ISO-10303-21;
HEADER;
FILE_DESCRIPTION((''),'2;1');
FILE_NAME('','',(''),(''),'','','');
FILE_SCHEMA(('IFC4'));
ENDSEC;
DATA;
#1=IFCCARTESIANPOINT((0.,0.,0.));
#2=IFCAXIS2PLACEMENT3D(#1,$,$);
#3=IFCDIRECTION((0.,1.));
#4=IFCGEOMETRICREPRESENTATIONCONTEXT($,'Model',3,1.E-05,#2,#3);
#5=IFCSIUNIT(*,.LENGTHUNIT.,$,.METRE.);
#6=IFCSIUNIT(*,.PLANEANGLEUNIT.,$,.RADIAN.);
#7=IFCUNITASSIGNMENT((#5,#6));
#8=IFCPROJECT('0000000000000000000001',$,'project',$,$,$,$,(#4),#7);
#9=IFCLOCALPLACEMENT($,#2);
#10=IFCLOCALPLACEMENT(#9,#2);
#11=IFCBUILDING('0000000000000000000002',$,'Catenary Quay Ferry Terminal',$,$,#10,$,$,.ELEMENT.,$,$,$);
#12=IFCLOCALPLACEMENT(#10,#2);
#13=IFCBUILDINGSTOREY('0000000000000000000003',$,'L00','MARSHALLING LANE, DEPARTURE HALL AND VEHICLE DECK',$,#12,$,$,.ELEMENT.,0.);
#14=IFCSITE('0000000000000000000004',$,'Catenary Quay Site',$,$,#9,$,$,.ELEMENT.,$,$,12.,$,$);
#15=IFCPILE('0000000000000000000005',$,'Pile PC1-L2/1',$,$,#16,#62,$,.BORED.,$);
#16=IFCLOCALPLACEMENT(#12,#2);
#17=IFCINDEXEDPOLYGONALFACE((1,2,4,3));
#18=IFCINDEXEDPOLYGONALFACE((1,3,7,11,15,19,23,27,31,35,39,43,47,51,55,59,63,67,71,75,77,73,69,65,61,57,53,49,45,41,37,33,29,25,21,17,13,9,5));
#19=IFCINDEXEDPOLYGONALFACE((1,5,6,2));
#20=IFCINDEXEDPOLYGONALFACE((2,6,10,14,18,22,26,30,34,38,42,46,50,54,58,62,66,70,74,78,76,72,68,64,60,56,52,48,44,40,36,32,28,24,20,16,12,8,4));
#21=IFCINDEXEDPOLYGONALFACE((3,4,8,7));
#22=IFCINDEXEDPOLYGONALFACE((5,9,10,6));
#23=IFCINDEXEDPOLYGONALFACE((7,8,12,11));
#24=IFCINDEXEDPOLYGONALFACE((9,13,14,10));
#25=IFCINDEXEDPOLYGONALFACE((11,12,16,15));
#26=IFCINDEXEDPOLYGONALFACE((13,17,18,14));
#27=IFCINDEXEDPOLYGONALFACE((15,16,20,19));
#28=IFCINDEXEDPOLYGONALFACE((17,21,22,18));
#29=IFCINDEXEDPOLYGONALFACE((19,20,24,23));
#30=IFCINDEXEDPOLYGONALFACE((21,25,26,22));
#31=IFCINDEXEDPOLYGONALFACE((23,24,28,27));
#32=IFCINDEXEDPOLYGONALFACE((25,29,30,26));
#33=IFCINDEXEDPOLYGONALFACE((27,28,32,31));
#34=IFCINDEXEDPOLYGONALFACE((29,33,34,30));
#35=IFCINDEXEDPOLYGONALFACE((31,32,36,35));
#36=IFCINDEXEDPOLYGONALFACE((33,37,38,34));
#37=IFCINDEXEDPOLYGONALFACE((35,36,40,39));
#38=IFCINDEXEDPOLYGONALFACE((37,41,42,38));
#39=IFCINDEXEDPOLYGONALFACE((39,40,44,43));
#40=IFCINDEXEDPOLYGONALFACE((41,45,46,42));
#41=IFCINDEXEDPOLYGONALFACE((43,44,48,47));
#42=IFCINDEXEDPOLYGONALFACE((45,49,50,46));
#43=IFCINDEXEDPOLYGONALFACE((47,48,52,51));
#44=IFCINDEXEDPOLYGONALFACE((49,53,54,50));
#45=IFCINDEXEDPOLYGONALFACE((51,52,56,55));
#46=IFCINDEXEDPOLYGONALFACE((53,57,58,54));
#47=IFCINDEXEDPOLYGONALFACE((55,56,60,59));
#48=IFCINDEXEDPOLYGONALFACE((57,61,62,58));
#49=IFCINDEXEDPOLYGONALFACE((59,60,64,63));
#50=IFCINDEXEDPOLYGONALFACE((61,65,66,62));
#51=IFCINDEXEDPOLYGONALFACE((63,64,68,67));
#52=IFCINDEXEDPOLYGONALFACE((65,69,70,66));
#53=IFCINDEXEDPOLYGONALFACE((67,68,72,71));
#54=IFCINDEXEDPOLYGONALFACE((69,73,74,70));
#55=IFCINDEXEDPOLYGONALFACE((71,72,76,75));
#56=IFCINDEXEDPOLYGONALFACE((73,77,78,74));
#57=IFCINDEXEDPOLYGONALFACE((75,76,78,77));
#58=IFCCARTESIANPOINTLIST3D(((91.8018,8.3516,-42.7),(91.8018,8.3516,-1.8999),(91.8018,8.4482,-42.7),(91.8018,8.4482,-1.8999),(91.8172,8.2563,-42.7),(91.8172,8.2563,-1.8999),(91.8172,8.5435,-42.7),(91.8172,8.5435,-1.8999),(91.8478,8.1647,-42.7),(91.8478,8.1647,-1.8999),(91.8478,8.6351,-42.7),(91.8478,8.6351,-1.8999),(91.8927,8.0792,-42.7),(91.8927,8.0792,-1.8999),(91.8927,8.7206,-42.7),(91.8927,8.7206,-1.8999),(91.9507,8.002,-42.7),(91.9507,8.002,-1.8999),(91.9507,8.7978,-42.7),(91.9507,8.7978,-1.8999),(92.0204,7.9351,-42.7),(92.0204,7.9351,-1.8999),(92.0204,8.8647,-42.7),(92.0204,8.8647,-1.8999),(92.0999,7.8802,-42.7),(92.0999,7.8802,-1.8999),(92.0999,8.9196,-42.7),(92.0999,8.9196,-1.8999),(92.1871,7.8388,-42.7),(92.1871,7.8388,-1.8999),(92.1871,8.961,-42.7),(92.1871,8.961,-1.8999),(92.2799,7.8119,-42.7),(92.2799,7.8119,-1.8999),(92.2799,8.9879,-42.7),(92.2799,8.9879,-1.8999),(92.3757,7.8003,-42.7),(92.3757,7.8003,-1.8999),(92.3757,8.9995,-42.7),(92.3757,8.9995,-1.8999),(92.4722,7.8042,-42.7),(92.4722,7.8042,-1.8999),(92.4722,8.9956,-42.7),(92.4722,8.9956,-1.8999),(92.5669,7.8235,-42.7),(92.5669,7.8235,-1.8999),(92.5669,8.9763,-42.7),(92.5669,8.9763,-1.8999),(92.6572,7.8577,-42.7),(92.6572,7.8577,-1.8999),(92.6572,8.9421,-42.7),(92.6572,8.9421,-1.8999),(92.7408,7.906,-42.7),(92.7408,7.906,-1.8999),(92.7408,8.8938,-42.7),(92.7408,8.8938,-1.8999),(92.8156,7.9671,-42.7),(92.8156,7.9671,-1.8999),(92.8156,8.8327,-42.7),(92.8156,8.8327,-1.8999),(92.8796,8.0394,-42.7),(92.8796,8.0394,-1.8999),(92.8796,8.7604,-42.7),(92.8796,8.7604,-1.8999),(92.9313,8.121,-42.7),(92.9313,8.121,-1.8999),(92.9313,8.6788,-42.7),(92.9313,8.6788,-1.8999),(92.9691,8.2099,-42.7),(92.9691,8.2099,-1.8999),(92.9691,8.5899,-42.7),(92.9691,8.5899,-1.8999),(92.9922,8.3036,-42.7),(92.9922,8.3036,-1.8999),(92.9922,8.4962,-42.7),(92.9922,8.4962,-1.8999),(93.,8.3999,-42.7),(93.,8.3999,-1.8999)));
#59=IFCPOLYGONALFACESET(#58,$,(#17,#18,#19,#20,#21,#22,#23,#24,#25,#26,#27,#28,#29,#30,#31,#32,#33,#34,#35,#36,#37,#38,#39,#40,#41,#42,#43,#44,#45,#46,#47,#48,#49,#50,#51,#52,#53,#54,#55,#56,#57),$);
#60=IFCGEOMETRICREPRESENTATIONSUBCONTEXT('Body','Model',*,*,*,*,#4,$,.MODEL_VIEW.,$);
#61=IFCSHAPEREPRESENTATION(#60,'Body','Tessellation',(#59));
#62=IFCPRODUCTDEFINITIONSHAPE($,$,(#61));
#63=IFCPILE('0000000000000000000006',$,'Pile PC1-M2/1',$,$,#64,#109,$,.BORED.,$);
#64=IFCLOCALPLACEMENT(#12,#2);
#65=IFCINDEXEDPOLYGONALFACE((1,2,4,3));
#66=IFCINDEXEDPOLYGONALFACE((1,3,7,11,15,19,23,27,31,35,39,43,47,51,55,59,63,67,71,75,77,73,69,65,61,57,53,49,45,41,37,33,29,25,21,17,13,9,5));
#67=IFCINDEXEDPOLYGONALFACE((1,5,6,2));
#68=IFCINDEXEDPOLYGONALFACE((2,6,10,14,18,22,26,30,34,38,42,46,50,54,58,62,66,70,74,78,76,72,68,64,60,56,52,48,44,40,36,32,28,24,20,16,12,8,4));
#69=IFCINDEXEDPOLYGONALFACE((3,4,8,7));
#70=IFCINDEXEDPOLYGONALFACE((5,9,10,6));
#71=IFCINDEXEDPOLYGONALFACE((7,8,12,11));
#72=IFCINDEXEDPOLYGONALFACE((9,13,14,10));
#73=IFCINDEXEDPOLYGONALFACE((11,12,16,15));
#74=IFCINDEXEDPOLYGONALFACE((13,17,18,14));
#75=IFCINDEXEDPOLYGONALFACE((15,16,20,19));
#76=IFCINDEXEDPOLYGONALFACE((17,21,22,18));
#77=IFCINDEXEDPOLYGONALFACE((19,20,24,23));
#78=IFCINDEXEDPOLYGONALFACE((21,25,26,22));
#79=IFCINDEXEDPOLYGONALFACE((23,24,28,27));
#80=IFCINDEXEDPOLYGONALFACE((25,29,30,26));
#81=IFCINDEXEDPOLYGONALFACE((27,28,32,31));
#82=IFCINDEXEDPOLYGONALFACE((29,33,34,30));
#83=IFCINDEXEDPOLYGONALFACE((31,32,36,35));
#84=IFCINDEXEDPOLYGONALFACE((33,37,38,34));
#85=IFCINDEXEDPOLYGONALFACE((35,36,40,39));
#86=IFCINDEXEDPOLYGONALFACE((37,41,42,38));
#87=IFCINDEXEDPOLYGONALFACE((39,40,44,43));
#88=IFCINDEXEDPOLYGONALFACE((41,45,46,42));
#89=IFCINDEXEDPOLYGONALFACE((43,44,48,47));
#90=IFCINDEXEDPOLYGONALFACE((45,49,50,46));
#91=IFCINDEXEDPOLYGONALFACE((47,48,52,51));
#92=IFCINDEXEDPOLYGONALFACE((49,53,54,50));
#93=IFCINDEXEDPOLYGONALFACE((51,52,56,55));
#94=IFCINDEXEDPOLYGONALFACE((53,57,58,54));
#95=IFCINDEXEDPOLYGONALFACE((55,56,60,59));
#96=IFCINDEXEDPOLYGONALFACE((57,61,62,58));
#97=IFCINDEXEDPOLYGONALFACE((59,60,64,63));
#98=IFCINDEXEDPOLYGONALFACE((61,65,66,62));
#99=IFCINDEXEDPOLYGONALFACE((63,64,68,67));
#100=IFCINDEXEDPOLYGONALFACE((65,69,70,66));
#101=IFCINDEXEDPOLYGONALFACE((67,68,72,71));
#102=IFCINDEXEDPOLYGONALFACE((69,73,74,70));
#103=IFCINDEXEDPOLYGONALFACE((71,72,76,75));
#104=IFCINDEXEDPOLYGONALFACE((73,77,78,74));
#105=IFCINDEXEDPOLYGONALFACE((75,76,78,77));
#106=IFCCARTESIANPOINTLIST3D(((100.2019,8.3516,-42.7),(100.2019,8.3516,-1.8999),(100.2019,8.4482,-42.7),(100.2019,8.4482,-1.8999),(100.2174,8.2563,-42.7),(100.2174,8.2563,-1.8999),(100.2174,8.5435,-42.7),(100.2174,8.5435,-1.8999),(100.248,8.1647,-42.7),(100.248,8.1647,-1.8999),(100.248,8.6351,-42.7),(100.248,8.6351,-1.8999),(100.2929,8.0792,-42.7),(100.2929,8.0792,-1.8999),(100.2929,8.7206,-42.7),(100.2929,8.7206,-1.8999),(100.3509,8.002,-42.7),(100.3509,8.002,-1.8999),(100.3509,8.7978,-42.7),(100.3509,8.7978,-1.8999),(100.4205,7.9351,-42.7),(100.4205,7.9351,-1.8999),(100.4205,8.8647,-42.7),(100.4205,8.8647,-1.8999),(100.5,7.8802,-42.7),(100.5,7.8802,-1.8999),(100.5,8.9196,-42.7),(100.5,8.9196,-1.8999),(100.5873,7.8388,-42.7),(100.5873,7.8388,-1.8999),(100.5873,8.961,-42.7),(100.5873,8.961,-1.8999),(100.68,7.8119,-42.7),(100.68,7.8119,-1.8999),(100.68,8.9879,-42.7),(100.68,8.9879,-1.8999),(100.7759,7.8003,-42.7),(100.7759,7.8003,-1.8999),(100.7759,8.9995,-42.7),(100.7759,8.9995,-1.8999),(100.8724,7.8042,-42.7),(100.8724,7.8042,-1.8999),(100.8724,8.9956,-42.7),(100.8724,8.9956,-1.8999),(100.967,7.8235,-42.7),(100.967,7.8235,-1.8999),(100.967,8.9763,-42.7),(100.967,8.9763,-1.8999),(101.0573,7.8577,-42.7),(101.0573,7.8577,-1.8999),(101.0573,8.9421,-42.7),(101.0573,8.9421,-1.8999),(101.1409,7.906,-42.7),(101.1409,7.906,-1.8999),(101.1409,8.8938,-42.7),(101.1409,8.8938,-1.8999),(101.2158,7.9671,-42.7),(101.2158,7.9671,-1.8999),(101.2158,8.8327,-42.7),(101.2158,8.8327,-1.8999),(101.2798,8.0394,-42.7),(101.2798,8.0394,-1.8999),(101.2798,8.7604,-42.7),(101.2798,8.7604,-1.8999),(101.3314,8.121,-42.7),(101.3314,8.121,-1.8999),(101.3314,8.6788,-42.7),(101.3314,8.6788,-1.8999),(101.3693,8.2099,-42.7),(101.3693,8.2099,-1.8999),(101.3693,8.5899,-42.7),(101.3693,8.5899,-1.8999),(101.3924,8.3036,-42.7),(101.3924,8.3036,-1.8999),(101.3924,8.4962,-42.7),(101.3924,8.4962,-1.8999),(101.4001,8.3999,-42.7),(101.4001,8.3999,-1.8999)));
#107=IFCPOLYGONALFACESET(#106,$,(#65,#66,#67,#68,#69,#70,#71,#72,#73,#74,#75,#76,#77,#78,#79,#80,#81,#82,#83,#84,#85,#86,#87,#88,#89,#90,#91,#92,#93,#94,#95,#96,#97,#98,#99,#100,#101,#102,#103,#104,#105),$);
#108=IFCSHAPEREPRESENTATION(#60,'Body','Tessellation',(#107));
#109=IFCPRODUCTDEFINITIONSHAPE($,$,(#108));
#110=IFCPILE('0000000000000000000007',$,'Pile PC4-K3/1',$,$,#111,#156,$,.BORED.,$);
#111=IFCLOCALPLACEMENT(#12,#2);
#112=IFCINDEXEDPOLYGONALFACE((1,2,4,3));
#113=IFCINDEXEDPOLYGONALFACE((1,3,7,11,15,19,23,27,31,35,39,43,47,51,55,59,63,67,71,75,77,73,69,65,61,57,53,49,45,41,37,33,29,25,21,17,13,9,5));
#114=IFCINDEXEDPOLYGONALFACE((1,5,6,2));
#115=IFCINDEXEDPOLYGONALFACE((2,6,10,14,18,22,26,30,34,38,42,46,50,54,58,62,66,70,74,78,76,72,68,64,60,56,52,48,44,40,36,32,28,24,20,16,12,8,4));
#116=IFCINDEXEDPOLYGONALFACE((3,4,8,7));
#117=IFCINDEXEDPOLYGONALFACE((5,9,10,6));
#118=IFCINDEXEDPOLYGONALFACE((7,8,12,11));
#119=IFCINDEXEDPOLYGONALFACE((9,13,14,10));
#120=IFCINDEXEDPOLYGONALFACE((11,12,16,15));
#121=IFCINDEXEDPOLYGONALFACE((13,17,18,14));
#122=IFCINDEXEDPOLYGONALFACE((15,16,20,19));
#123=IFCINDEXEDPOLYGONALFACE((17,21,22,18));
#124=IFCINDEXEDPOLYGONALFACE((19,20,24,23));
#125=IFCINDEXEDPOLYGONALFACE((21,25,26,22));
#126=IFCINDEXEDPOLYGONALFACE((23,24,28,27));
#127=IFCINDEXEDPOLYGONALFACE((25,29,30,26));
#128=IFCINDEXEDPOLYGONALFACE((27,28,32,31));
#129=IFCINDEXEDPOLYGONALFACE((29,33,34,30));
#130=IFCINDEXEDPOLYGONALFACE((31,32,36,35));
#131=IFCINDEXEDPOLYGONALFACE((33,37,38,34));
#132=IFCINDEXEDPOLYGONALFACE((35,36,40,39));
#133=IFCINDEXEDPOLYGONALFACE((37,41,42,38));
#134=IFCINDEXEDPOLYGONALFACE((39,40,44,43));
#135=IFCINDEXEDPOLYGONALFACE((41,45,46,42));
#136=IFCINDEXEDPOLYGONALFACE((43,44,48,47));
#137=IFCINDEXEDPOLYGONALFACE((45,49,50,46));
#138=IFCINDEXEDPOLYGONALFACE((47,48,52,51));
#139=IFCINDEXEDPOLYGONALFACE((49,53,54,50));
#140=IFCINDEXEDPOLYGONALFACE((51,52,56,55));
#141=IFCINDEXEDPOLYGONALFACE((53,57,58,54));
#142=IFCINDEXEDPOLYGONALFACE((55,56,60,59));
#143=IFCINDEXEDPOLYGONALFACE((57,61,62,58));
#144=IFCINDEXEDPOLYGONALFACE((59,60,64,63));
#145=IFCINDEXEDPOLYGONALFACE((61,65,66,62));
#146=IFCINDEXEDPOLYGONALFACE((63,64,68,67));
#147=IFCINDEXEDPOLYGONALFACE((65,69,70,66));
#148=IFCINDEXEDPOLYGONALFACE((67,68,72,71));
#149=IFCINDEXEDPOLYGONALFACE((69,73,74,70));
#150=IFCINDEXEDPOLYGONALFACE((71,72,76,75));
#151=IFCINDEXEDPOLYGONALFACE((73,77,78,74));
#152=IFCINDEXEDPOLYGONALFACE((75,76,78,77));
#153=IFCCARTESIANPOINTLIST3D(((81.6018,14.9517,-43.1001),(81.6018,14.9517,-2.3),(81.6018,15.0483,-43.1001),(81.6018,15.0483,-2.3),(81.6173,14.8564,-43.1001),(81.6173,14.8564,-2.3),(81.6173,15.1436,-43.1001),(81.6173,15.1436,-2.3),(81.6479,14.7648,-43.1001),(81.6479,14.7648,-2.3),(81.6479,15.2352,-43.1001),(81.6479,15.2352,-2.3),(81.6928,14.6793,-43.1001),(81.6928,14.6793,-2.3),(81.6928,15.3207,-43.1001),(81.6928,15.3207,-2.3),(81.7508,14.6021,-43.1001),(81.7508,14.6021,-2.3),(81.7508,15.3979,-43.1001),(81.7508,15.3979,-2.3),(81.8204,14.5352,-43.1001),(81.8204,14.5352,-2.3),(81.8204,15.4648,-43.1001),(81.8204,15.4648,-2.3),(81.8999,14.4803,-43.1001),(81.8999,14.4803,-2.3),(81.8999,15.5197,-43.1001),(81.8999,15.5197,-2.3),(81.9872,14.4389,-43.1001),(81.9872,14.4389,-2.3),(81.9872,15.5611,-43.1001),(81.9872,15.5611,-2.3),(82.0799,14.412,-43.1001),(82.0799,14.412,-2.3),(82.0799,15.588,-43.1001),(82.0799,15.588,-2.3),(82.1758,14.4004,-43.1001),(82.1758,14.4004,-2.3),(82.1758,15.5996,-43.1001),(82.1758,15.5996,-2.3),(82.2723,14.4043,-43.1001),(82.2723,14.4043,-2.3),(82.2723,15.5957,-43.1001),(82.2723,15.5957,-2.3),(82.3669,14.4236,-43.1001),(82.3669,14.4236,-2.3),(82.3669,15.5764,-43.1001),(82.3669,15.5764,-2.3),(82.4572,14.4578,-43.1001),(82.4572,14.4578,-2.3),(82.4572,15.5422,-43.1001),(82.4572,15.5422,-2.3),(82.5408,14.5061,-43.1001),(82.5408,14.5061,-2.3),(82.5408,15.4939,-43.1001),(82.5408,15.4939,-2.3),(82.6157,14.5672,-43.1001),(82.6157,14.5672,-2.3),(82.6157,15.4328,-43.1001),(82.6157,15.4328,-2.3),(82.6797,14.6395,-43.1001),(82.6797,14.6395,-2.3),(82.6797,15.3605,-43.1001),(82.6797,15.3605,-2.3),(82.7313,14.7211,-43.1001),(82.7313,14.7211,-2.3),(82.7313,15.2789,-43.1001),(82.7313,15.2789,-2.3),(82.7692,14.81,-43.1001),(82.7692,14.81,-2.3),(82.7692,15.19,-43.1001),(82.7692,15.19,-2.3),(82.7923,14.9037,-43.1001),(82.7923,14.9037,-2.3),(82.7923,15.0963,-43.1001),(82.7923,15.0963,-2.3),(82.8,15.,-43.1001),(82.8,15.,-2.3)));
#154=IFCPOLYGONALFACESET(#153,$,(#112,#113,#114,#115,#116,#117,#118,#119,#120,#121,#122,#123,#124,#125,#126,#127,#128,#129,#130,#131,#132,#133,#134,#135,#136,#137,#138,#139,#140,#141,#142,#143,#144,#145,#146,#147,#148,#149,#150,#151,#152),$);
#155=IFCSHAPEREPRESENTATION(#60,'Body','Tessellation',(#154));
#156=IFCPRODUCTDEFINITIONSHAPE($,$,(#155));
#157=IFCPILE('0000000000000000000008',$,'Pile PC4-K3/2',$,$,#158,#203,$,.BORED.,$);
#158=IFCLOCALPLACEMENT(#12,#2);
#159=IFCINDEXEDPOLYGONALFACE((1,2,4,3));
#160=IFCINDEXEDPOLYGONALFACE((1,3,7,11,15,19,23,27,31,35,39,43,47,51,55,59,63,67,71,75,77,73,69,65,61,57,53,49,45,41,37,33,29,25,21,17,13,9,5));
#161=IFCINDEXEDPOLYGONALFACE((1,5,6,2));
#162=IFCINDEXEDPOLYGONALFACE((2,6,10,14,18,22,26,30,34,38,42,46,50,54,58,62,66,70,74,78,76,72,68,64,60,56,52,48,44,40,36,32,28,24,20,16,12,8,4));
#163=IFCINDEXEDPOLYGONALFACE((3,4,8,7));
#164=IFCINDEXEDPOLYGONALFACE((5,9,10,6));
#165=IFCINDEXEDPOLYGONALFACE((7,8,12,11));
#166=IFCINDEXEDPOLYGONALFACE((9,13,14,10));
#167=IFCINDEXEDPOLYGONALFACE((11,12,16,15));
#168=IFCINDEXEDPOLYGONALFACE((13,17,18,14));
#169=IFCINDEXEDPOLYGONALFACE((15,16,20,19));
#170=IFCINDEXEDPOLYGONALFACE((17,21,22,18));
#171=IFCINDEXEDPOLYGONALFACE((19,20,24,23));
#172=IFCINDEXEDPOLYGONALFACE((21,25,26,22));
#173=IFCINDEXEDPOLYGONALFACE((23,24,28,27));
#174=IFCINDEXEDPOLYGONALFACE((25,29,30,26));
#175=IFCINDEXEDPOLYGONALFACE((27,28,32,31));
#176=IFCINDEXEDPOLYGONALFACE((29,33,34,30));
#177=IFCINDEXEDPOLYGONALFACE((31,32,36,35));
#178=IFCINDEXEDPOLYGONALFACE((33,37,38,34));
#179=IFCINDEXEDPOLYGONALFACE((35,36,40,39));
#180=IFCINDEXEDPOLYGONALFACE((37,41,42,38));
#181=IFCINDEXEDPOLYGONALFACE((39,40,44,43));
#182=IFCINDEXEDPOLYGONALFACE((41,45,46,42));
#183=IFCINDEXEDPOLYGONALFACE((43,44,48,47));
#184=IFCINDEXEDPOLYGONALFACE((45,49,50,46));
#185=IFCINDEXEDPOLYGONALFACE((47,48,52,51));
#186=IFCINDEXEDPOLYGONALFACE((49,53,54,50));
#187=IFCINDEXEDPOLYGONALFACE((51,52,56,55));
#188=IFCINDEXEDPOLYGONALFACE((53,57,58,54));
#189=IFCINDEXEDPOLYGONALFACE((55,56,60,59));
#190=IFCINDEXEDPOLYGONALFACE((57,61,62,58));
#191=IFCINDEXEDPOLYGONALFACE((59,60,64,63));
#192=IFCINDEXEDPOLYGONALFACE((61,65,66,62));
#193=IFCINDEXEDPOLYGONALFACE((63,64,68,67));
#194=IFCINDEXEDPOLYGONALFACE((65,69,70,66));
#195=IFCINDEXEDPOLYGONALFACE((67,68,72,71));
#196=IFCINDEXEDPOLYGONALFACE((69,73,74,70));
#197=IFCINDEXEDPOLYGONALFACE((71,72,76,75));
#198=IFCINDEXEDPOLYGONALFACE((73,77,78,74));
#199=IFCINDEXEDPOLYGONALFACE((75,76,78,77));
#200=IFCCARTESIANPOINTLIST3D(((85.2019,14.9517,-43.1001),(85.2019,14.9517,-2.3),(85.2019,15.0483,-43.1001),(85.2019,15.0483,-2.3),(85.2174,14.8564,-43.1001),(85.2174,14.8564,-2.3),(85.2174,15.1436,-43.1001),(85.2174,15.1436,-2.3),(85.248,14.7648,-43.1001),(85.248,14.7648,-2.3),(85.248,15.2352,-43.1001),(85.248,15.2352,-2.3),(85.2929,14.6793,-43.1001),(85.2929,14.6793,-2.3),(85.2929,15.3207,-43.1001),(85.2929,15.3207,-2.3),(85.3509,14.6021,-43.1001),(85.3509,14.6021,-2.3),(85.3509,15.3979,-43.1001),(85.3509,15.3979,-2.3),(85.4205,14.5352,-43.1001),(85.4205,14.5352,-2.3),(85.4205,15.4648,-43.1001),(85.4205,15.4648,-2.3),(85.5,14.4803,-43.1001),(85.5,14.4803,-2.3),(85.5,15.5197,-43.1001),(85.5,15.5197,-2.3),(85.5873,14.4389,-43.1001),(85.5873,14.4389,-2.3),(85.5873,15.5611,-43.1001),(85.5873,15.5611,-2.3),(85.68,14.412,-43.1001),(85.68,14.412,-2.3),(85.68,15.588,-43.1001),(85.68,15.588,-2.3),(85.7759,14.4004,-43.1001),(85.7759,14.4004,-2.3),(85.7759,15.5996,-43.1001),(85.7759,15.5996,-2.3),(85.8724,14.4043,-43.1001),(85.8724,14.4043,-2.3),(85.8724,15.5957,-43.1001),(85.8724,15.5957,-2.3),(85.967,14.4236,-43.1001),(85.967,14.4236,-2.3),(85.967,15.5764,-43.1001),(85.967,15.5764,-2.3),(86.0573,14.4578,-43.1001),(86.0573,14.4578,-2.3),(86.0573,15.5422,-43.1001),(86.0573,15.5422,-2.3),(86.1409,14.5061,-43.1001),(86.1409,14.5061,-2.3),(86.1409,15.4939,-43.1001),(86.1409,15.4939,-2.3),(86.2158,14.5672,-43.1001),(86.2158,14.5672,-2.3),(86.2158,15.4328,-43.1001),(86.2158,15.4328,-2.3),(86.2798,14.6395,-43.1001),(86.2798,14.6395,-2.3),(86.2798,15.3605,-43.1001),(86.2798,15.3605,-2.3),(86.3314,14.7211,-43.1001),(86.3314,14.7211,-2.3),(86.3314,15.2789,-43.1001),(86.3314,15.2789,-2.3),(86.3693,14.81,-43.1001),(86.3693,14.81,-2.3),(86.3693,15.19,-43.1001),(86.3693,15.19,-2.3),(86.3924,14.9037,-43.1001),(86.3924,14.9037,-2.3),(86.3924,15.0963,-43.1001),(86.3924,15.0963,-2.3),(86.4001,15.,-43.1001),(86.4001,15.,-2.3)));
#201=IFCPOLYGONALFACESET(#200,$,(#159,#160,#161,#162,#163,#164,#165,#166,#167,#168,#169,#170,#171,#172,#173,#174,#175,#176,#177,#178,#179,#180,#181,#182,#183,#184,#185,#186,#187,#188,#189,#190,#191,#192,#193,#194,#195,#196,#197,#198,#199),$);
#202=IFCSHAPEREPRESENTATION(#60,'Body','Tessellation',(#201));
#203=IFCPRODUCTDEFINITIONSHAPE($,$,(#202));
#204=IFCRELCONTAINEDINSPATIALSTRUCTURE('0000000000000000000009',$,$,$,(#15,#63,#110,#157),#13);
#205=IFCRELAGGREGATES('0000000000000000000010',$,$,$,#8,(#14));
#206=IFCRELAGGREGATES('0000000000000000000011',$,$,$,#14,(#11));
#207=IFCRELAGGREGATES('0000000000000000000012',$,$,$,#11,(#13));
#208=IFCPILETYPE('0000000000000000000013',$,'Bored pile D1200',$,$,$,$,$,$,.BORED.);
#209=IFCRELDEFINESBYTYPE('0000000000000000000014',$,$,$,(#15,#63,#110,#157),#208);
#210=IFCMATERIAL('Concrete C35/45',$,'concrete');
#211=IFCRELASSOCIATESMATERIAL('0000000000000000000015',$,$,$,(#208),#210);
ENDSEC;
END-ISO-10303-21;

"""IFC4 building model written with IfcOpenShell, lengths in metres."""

from ifc_helpers import new_model, si_unit, direction, frame, origin, origin_2d, place, context, subcontext, project, spatial, circle, extrude, material, material_profile, profile_set, type_object, element, save


model = new_model("IFC4")

# Units and contexts
model_context = context("Model", 3, precision=1e-05, world=origin(), true_north=direction((0.0, 1.0)))
body_context = subcontext(model_context, "Body", "Model", "MODEL_VIEW")
ifc_project = project(units=[si_unit("LENGTHUNIT", "METRE"), si_unit("PLANEANGLEUNIT", "RADIAN")], contexts=[model_context])

# Site, building, storey
site_placement = place(None, origin())
site = spatial("IfcSite", under=ifc_project, at=site_placement, Name="Catenary Quay Site", CompositionType="ELEMENT", RefElevation=12.0)
building_placement = place(site_placement, origin())
building = spatial("IfcBuilding", under=site, at=building_placement, Name="Catenary Quay Ferry Terminal", CompositionType="ELEMENT")
storey_placement = place(building_placement, origin())
storey = spatial("IfcBuildingStorey", under=building, at=storey_placement, Name="L00", Description="MARSHALLING LANE, DEPARTURE HALL AND VEHICLE DECK", CompositionType="ELEMENT", Elevation=0.0)

# Piles
ifc_material_1 = material(Name="Concrete C35/45", Category="concrete")
ifc_material_profile_1 = material_profile(ifc_material_1, circle(Radius=0.6001, at=origin_2d()), Name="D1200")
ifc_profile_set_1 = profile_set([ifc_material_profile_1], Name="Concrete C35/45")
pile_type = type_object("IfcPileType", Name="Bored pile D1200", PredefinedType="BORED", material=ifc_profile_set_1)
for number, where, z_axis, x_axis, name in (
    (1, (92.3999, 8.3999, -1.8999), (0.0, 0.0, -1.0), (1.0, 0.0, 0.0), "Pile PC1-L2/1"),
    (2, (100.8, 8.3999, -1.8999), (0.0, 0.0, -1.0), (1.0, 0.0, 0.0), "Pile PC1-M2/1"),
    (3, (82.2, 15.0, -2.3), (0.0, 0.0, -1.0), (1.0, 0.0, 0.0), "Pile PC4-K3/1"),
    (4, (85.8, 15.0, -2.3), (0.0, 0.0, -1.0), (1.0, 0.0, 0.0), "Pile PC4-K3/2"),
):
    element("IfcPile", number, at=place(storey_placement, frame(where, z_axis=z_axis, x_axis=x_axis)), inside=storey, type_object=pile_type, Name=name, PredefinedType="BORED", context=body_context, shape_type="SweptSolid", body=[
        extrude(circle(Radius=0.6001, at=origin_2d()), origin(), (0.0, 0.0, 1.0), 40.8),
    ])

save(model, "model.ifc")
